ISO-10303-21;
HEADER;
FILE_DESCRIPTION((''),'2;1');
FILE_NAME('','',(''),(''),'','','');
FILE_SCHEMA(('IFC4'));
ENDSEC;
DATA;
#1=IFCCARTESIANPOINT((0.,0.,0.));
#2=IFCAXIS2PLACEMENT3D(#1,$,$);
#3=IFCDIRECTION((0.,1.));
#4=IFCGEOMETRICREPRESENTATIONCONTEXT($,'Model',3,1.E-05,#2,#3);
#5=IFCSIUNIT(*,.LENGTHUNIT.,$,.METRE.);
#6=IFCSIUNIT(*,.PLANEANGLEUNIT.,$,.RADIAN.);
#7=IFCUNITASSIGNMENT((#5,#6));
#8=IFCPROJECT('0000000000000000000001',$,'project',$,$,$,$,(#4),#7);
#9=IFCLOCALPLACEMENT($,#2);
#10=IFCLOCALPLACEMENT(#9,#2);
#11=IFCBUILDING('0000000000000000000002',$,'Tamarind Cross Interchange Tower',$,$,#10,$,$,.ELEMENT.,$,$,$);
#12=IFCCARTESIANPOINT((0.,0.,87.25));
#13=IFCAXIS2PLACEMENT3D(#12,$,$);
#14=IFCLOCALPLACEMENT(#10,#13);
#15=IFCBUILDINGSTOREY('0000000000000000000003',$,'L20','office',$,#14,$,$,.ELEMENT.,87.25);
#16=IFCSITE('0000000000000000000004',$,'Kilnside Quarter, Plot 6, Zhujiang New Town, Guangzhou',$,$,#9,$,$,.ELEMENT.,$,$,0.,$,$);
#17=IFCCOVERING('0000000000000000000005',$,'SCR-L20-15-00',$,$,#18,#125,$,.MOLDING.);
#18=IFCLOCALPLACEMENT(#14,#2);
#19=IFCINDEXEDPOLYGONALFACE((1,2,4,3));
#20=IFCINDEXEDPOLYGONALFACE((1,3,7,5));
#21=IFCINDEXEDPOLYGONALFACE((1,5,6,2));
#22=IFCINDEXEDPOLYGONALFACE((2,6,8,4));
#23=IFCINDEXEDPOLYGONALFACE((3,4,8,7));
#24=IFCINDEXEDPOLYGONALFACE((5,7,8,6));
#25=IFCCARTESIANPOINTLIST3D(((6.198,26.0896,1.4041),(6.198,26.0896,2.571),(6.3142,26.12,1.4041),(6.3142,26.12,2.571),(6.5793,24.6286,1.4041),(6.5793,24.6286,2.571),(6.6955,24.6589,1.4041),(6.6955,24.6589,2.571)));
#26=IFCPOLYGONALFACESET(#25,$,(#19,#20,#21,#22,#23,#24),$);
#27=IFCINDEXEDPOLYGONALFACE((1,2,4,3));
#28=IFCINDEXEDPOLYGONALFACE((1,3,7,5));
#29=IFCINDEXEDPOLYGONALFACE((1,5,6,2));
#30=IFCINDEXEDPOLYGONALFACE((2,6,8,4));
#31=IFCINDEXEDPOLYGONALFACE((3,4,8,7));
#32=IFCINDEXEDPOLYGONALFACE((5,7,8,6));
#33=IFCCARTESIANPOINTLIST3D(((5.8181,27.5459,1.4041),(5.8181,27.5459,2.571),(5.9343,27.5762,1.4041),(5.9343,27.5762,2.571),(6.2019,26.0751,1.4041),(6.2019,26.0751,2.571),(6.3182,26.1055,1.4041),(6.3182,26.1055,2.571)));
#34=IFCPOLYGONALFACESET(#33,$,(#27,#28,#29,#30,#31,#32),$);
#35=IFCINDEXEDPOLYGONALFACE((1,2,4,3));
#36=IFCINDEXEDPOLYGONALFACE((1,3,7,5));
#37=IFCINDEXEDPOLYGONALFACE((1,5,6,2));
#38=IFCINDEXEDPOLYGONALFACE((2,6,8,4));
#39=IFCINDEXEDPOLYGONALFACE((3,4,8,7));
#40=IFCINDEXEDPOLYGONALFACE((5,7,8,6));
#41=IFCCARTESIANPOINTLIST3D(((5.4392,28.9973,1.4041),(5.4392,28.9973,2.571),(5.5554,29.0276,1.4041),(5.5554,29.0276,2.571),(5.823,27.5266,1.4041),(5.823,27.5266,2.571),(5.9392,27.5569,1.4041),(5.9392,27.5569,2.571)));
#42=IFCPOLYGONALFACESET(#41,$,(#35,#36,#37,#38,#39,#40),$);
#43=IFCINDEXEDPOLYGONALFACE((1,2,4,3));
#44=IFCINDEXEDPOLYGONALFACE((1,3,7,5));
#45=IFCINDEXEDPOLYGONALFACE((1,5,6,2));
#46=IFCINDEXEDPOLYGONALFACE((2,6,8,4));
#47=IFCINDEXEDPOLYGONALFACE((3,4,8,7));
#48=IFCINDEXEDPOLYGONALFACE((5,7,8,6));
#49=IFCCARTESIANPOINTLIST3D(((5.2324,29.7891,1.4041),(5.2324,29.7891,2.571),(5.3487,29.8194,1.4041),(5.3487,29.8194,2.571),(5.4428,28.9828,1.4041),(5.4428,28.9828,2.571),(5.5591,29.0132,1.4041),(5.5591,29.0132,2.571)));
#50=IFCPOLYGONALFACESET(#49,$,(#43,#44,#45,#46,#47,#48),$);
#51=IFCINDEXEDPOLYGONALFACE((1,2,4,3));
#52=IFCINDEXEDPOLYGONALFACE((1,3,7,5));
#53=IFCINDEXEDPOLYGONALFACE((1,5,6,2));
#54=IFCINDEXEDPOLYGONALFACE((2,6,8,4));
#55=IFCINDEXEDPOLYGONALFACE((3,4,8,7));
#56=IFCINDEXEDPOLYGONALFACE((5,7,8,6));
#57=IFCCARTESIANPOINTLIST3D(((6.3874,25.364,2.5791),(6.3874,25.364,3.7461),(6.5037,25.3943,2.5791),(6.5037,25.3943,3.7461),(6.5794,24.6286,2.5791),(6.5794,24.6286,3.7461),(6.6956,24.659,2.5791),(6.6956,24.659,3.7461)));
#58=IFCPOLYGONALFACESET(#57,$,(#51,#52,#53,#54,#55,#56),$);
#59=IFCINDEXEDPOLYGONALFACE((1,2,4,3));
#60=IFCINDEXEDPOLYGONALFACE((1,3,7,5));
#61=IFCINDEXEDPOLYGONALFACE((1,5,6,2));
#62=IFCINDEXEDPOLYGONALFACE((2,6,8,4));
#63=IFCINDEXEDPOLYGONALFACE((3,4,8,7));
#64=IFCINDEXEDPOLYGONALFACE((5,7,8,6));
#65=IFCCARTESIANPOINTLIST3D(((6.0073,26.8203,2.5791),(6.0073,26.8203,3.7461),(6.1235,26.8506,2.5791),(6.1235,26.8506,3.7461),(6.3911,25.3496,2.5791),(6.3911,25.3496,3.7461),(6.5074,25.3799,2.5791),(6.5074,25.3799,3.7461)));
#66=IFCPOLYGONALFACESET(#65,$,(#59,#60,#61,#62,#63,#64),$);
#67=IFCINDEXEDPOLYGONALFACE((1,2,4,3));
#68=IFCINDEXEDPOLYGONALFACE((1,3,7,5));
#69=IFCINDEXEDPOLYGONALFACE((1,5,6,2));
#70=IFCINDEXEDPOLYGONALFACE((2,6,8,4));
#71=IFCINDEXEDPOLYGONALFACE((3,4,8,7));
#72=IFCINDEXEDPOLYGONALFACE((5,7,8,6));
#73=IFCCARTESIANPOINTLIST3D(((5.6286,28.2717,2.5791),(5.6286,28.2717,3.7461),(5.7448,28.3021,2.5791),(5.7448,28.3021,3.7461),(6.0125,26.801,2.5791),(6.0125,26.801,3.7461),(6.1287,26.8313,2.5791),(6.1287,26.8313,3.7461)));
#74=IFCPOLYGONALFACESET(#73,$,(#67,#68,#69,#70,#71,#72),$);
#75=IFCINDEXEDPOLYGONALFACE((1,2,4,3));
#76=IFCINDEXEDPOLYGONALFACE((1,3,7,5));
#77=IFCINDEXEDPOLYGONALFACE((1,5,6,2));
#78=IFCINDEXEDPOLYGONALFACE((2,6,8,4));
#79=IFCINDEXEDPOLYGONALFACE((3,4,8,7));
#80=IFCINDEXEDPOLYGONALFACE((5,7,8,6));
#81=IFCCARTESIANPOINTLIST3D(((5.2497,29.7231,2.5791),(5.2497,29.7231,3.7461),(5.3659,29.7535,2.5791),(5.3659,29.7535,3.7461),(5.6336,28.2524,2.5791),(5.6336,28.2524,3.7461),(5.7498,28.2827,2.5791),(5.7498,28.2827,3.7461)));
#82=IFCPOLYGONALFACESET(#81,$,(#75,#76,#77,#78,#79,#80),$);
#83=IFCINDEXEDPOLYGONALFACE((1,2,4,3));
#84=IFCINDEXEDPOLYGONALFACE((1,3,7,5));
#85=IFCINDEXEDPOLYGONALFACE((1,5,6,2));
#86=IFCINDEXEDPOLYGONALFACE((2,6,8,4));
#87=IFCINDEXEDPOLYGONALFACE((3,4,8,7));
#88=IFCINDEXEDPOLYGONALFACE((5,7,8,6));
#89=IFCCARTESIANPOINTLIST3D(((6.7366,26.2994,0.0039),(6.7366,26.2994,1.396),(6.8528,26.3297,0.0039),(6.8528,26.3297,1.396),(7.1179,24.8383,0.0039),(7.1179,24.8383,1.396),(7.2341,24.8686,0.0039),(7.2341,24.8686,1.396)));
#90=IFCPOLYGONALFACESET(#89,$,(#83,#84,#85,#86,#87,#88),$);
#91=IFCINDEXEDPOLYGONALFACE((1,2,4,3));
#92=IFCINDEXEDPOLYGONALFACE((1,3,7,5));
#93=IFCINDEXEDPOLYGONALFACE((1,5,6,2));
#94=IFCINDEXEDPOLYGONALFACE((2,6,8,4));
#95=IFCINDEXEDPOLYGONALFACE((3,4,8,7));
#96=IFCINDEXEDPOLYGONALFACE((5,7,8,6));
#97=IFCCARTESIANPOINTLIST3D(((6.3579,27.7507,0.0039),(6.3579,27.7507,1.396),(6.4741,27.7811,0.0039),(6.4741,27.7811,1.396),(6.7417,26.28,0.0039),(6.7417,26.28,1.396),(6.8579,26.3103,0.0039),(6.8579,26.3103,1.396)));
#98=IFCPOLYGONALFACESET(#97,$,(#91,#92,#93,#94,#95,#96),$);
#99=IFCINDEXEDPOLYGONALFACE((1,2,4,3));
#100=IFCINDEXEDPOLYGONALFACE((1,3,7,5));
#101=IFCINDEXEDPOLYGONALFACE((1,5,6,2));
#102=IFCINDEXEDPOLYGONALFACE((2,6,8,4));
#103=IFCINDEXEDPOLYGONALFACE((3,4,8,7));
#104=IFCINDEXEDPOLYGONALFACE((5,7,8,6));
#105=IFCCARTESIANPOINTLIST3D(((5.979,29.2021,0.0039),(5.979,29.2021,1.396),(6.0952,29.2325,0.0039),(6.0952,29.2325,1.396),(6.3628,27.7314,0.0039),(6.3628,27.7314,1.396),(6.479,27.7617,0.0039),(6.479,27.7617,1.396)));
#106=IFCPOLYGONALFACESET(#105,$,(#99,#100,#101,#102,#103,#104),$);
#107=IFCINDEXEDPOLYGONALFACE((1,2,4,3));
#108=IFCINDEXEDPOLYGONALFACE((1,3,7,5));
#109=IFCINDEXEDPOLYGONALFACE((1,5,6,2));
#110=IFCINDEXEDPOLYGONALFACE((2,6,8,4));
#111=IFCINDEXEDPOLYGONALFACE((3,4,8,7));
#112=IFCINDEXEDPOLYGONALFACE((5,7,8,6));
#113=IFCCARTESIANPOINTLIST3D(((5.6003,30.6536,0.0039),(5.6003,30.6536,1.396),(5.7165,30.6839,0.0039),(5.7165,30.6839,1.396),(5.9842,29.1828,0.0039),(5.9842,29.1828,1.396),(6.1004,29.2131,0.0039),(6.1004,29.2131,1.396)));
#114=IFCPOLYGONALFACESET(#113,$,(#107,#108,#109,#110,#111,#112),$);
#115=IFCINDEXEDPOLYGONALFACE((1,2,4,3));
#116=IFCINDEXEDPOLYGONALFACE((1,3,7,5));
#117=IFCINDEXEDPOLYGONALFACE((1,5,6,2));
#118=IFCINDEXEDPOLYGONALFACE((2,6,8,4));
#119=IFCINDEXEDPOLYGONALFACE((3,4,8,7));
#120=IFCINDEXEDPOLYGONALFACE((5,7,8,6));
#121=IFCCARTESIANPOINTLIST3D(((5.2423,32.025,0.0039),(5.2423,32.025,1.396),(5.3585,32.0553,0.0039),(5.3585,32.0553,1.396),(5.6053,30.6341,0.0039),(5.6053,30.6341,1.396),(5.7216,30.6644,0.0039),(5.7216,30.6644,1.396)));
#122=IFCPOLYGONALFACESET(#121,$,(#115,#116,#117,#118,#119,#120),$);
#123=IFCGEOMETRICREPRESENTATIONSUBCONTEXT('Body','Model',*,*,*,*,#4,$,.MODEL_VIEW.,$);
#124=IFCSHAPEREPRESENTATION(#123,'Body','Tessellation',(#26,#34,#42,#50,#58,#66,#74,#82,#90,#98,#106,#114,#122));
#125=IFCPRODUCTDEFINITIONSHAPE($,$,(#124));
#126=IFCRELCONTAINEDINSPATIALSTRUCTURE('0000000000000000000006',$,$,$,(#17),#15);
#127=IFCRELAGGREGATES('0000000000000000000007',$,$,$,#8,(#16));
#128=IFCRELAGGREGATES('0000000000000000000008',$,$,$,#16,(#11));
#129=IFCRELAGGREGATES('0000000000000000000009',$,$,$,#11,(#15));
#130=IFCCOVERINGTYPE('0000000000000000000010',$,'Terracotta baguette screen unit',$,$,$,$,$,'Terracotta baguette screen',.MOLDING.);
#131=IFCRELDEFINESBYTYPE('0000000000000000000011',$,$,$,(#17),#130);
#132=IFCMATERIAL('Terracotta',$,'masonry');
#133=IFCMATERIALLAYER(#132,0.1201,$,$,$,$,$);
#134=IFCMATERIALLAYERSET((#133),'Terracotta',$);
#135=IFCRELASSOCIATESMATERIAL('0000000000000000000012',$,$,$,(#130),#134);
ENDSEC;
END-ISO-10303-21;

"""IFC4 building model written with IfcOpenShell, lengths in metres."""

from ifc_helpers import new_model, si_unit, direction, frame, origin, origin_2d, place, context, subcontext, project, spatial, rectangle, extrude, material, layer, layer_set, type_object, element, save


model = new_model("IFC4")

# Units and contexts
model_context = context("Model", 3, precision=1e-05, world=origin(), true_north=direction((0.0, 1.0)))
body_context = subcontext(model_context, "Body", "Model", "MODEL_VIEW")
ifc_project = project(units=[si_unit("LENGTHUNIT", "METRE"), si_unit("PLANEANGLEUNIT", "RADIAN")], contexts=[model_context])

# Site, building, storey
site_placement = place(None, origin())
site = spatial("IfcSite", under=ifc_project, at=site_placement, Name="Kilnside Quarter, Plot 6, Zhujiang New Town, Guangzhou", CompositionType="ELEMENT", RefElevation=0.0)
building_placement = place(site_placement, origin())
building = spatial("IfcBuilding", under=site, at=building_placement, Name="Tamarind Cross Interchange Tower", CompositionType="ELEMENT")
storey_placement = place(building_placement, frame((0.0, 0.0, 87.25)))
storey = spatial("IfcBuildingStorey", under=building, at=storey_placement, Name="L20", Description="office", CompositionType="ELEMENT", Elevation=87.25)

# Covering
ifc_material_1 = material(Name="Terracotta", Category="masonry")
ifc_layer_1 = layer(ifc_material_1, 0.1201)
ifc_layer_set_1 = layer_set([ifc_layer_1], Name="Terracotta")
covering_type = type_object("IfcCoveringType", Name="Terracotta baguette screen unit", ElementType="Terracotta baguette screen", PredefinedType="MOLDING", material=ifc_layer_set_1)
covering_1_placement = place(storey_placement, origin())
element("IfcCovering", 1, at=covering_1_placement, inside=storey, type_object=covering_type, Name="SCR-L20-15-00", PredefinedType="MOLDING", context=body_context, shape_type="SweptSolid", body=[
    extrude(rectangle(XDim=1.51, YDim=0.1201, at=origin_2d()), frame((6.4468, 25.3743, 1.4041), z_axis=(0.0, 0.0, 1.0), x_axis=(-0.252529, 0.967589, 0.0)), (0.0, 0.0, 1.0), 1.167),
    extrude(rectangle(XDim=1.52, YDim=0.1201, at=origin_2d()), frame((6.0681, 26.8257, 1.4041), z_axis=(0.0, 0.0, 1.0), x_axis=(-0.252529, 0.967589, 0.0)), (0.0, 0.0, 1.0), 1.167),
    extrude(rectangle(XDim=1.52, YDim=0.1201, at=origin_2d()), frame((5.6892, 28.2771, 1.4041), z_axis=(0.0, 0.0, 1.0), x_axis=(-0.252529, 0.967589, 0.0)), (0.0, 0.0, 1.0), 1.167),
    extrude(rectangle(XDim=0.8333, YDim=0.1201, at=origin_2d()), frame((5.3958, 29.4011, 1.4041), z_axis=(0.0, 0.0, 1.0), x_axis=(-0.252529, 0.967589, 0.0)), (0.0, 0.0, 1.0), 1.167),
    extrude(rectangle(XDim=0.76, YDim=0.1201, at=origin_2d()), frame((6.5415, 25.0115, 2.5791), z_axis=(0.0, 0.0, 1.0), x_axis=(-0.252529, 0.967589, 0.0)), (0.0, 0.0, 1.0), 1.167),
    extrude(rectangle(XDim=1.52, YDim=0.1201, at=origin_2d()), frame((6.2573, 26.1001, 2.5791), z_axis=(0.0, 0.0, 1.0), x_axis=(-0.252529, 0.967589, 0.0)), (0.0, 0.0, 1.0), 1.167),
    extrude(rectangle(XDim=1.52, YDim=0.1201, at=origin_2d()), frame((5.8787, 27.5515, 2.5791), z_axis=(0.0, 0.0, 1.0), x_axis=(-0.252529, 0.967589, 0.0)), (0.0, 0.0, 1.0), 1.167),
    extrude(rectangle(XDim=1.52, YDim=0.1201, at=origin_2d()), frame((5.4998, 29.0029, 2.5791), z_axis=(0.0, 0.0, 1.0), x_axis=(-0.252529, 0.967589, 0.0)), (0.0, 0.0, 1.0), 1.167),
    extrude(rectangle(XDim=1.51, YDim=0.1201, at=origin_2d()), frame((6.9854, 25.584, 0.0039), z_axis=(0.0, 0.0, 1.0), x_axis=(-0.252529, 0.967589, 0.0)), (0.0, 0.0, 1.0), 1.3921),
    extrude(rectangle(XDim=1.52, YDim=0.1201, at=origin_2d()), frame((6.6079, 27.0305, 0.0039), z_axis=(0.0, 0.0, 1.0), x_axis=(-0.252529, 0.967589, 0.0)), (0.0, 0.0, 1.0), 1.3921),
    extrude(rectangle(XDim=1.52, YDim=0.1201, at=origin_2d()), frame((6.229, 28.4819, 0.0039), z_axis=(0.0, 0.0, 1.0), x_axis=(-0.252529, 0.967589, 0.0)), (0.0, 0.0, 1.0), 1.3921),
    extrude(rectangle(XDim=1.52, YDim=0.1201, at=origin_2d()), frame((5.8503, 29.9333, 0.0039), z_axis=(0.0, 0.0, 1.0), x_axis=(-0.252529, 0.967589, 0.0)), (0.0, 0.0, 1.0), 1.3921),
    extrude(rectangle(XDim=1.4375, YDim=0.1201, at=origin_2d()), frame((5.4819, 31.3447, 0.0039), z_axis=(0.0, 0.0, 1.0), x_axis=(-0.252529, 0.967589, 0.0)), (0.0, 0.0, 1.0), 1.3921),
])

save(model, "model.ifc")
